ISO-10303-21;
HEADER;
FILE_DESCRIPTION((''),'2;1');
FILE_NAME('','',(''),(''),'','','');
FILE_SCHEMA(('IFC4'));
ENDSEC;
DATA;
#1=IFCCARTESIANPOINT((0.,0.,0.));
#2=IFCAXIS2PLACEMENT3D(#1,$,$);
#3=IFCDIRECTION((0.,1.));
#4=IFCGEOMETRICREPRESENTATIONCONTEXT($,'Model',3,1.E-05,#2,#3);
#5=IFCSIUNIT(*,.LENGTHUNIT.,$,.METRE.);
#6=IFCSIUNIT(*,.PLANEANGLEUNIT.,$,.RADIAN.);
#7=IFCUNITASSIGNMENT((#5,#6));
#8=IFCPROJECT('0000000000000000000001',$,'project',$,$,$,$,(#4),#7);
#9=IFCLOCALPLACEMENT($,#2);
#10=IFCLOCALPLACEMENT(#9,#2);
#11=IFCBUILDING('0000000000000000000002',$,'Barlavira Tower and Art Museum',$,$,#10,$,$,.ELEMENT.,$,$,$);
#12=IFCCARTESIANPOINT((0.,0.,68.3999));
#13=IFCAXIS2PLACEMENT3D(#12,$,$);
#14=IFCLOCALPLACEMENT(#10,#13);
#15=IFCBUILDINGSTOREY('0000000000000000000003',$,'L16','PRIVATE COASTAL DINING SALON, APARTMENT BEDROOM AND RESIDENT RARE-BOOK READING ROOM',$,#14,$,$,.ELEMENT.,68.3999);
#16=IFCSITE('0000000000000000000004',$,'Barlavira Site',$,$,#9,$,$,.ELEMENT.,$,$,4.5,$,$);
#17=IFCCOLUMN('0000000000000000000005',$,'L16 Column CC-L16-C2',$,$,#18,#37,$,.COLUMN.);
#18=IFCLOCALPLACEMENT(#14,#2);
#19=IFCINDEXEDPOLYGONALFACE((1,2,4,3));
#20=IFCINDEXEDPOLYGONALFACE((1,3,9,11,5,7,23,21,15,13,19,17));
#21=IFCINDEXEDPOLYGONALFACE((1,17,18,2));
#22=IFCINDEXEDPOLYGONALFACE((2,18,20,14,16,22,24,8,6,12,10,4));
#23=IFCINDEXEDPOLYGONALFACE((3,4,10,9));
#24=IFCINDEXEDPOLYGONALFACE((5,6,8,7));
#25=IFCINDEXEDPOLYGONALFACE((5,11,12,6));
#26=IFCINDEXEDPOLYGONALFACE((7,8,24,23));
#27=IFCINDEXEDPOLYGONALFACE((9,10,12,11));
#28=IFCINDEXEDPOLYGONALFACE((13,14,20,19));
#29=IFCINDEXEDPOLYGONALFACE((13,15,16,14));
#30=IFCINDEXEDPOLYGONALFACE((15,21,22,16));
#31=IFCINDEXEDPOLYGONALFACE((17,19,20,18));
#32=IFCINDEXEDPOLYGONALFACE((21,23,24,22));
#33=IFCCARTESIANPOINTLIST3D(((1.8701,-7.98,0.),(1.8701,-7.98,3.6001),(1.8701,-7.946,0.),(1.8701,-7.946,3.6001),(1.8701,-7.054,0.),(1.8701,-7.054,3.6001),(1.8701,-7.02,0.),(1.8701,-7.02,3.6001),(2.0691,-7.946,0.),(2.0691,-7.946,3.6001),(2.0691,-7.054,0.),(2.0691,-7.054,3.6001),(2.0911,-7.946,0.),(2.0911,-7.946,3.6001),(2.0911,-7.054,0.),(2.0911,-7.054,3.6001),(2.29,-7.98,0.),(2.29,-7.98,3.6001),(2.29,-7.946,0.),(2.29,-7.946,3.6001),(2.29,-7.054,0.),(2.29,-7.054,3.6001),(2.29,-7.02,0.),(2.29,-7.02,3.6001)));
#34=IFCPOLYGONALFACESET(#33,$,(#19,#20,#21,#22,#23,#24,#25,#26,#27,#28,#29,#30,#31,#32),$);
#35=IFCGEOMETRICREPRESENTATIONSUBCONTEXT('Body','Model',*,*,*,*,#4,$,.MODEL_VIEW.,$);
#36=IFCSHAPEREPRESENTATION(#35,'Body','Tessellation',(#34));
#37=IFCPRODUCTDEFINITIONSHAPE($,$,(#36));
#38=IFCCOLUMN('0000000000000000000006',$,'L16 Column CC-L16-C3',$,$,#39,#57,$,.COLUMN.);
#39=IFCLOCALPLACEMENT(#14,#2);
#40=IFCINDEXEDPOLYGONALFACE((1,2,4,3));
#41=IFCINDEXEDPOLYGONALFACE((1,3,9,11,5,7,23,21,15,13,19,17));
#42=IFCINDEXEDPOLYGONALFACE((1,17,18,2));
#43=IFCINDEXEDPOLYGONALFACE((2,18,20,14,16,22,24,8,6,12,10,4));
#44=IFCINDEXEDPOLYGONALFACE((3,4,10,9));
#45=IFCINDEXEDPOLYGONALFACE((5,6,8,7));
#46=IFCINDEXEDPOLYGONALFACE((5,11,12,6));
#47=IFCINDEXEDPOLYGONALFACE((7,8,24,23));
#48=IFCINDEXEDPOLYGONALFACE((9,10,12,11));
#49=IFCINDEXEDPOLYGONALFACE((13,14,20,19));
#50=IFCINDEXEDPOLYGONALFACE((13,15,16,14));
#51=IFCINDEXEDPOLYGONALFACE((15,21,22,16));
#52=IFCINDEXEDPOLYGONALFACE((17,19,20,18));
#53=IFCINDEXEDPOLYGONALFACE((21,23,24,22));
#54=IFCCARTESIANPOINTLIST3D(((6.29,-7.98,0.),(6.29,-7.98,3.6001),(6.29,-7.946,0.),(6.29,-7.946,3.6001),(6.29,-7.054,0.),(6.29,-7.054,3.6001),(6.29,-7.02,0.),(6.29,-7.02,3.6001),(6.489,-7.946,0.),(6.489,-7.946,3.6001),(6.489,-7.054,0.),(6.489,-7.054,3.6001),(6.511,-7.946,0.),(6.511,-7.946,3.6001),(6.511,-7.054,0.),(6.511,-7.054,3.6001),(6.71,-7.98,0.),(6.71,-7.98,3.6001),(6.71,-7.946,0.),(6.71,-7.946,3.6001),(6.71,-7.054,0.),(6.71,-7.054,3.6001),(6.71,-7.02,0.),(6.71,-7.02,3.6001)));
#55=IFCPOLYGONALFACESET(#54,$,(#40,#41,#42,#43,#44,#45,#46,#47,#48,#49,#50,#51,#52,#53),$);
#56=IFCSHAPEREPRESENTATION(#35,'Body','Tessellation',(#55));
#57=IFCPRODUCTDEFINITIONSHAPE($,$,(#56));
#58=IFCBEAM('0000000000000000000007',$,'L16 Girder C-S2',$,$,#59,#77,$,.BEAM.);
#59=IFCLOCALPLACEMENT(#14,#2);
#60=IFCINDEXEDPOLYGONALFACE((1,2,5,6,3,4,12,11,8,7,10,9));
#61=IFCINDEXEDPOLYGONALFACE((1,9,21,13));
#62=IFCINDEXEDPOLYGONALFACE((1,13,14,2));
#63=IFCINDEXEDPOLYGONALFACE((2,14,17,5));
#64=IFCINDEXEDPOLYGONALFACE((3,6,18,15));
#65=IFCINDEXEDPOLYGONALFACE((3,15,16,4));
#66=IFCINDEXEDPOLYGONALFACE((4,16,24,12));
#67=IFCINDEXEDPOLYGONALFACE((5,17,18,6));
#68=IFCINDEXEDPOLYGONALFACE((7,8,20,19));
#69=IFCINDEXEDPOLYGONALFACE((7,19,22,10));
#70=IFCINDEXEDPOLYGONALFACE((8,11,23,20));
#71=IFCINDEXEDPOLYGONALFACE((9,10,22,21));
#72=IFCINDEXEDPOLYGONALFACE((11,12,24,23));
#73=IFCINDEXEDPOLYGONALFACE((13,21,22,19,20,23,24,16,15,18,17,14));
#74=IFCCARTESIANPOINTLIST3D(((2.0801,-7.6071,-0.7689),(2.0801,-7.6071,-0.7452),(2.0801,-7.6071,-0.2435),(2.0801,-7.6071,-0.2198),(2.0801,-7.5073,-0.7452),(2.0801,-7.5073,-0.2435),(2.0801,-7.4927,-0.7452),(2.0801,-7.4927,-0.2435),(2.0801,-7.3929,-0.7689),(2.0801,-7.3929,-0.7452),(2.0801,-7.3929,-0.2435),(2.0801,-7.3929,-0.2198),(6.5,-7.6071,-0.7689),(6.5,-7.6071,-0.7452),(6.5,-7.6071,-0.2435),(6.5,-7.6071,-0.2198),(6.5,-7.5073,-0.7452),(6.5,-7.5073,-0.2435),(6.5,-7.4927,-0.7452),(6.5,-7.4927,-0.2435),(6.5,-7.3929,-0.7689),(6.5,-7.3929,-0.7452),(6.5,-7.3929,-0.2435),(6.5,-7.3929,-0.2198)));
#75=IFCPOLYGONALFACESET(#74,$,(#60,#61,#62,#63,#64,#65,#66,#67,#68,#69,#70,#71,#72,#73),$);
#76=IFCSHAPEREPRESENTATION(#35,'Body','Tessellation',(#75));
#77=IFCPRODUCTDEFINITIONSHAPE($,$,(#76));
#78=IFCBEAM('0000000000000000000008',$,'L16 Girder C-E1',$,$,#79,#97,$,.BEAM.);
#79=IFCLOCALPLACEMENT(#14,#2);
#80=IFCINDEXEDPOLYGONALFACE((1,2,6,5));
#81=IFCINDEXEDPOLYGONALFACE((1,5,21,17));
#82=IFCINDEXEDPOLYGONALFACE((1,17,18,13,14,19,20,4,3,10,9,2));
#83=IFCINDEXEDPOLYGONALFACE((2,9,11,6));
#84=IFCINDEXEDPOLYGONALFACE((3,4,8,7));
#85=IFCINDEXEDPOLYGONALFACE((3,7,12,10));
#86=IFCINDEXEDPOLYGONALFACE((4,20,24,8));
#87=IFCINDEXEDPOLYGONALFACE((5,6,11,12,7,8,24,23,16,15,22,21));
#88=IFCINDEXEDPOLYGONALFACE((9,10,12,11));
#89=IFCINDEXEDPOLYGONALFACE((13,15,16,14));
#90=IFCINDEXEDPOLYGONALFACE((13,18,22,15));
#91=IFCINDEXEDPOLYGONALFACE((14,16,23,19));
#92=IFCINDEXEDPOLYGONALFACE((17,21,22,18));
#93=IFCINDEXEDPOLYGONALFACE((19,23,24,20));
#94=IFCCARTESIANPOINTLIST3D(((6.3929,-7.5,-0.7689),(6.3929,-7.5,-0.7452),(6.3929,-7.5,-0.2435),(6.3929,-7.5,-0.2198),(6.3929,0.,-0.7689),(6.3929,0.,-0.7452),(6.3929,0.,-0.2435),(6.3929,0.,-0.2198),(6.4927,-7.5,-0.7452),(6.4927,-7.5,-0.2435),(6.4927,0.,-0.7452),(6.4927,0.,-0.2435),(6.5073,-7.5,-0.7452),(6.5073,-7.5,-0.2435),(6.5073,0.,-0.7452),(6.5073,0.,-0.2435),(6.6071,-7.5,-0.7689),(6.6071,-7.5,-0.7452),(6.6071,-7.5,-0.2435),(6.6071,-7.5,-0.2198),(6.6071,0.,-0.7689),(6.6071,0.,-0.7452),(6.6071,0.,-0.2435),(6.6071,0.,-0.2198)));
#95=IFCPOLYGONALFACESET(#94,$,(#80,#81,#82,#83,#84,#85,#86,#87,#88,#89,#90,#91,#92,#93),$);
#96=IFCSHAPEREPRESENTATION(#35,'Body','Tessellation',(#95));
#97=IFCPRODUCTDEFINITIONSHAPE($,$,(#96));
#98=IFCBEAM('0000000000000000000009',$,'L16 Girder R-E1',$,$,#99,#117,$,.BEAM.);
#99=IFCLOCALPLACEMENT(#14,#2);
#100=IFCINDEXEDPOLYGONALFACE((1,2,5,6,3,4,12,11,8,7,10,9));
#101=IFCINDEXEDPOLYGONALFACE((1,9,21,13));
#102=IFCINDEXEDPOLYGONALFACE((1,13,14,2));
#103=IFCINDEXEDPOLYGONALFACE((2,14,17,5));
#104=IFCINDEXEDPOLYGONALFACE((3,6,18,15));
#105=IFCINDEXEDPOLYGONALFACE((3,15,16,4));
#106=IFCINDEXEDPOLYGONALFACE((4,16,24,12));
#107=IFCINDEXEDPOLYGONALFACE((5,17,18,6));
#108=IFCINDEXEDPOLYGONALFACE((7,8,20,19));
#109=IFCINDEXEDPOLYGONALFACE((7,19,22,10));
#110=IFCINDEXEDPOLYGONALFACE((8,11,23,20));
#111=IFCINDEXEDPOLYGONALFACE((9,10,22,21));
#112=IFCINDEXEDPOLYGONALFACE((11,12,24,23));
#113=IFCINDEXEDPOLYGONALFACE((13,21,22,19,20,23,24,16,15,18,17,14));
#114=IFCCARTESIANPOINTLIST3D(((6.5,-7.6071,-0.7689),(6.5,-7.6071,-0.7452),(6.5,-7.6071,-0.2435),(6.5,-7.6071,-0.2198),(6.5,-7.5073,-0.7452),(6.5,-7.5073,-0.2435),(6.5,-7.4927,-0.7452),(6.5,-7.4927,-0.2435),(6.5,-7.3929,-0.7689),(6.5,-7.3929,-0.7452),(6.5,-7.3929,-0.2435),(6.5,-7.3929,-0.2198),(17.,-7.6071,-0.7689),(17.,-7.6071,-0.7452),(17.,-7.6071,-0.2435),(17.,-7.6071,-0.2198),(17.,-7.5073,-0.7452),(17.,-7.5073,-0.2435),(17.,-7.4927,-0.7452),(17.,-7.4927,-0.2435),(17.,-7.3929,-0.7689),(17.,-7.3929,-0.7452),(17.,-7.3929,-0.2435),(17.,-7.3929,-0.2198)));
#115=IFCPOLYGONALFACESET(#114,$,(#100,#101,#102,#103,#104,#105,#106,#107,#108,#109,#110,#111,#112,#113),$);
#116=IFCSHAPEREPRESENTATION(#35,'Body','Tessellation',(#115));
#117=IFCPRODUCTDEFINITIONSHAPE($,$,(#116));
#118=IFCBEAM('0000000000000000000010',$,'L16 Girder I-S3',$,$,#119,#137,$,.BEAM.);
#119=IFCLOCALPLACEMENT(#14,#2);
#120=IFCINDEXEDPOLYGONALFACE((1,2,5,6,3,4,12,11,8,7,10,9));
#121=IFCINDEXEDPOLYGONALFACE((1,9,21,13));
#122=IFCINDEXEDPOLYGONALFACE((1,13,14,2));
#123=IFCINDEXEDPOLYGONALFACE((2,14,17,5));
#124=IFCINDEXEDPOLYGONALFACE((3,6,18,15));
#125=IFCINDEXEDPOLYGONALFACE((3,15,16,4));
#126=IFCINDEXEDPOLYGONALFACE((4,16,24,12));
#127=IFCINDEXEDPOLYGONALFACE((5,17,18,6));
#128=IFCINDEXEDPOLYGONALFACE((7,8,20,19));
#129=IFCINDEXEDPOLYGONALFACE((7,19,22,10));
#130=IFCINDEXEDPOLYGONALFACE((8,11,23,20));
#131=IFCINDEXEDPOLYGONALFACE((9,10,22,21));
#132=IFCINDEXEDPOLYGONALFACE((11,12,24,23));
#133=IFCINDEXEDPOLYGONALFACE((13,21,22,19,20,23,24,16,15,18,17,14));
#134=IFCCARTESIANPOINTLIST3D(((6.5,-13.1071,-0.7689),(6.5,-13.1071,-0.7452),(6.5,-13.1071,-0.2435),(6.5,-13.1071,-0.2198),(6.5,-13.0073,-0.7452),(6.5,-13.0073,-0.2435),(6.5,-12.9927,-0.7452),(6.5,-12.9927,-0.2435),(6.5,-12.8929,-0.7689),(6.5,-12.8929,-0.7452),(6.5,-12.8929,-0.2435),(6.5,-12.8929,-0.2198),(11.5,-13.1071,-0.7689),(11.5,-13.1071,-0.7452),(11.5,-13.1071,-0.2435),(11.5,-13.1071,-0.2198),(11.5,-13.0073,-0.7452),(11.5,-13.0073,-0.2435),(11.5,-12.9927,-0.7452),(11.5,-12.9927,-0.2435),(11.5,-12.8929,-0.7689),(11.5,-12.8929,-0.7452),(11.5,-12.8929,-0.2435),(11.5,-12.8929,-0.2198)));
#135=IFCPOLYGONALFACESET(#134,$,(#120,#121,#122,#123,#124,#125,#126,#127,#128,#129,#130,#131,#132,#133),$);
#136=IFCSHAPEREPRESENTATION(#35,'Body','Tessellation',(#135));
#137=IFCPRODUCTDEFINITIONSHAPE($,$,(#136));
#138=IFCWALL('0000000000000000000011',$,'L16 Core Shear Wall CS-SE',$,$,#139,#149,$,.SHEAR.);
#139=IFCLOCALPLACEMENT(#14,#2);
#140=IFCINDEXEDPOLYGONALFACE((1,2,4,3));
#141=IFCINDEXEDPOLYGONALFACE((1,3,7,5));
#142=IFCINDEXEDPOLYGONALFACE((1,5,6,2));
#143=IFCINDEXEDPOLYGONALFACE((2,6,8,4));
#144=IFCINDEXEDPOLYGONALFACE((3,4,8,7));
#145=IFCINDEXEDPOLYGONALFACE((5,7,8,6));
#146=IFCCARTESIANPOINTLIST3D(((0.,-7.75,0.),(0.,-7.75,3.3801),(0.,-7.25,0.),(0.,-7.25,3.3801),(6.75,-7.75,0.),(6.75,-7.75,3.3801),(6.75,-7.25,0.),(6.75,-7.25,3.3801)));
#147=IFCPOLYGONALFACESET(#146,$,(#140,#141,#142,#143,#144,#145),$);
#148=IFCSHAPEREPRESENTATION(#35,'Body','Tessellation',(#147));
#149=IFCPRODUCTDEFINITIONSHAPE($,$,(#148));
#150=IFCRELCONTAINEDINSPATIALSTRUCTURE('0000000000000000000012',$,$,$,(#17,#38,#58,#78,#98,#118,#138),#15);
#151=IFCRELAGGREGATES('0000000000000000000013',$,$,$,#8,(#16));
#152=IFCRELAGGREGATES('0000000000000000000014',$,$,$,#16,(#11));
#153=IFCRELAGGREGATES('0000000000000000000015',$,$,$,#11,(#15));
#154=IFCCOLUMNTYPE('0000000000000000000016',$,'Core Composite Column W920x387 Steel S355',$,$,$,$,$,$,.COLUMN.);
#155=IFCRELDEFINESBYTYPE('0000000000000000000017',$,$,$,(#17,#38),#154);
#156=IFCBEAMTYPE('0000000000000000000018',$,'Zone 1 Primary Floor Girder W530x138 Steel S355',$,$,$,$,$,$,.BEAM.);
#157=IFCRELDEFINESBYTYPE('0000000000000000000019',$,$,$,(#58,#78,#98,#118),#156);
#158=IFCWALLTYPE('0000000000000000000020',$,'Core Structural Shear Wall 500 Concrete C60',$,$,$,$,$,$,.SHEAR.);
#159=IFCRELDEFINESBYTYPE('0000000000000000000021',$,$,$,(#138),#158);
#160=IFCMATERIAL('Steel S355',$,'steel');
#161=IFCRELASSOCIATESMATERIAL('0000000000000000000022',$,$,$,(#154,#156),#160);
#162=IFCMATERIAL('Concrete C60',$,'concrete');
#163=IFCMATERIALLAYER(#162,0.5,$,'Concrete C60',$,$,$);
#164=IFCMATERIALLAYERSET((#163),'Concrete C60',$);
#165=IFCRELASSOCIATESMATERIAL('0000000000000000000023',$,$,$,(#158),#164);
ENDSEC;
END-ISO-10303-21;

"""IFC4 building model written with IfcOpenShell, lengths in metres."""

from ifc_helpers import new_model, si_unit, direction, frame, frame_2d, origin, origin_2d, place, context, subcontext, project, spatial, rectangle, i_section, extrude, material, layer, layer_set, material_profile, profile_set, type_object, element, save


model = new_model("IFC4")

# Units and contexts
model_context = context("Model", 3, precision=1e-05, world=origin(), true_north=direction((0.0, 1.0)))
body_context = subcontext(model_context, "Body", "Model", "MODEL_VIEW")
ifc_project = project(units=[si_unit("LENGTHUNIT", "METRE"), si_unit("PLANEANGLEUNIT", "RADIAN")], contexts=[model_context])

# Site, building, storey
site_placement = place(None, origin())
site = spatial("IfcSite", under=ifc_project, at=site_placement, Name="Barlavira Site", CompositionType="ELEMENT", RefElevation=4.5)
building_placement = place(site_placement, origin())
building = spatial("IfcBuilding", under=site, at=building_placement, Name="Barlavira Tower and Art Museum", CompositionType="ELEMENT")
storey_placement = place(building_placement, frame((0.0, 0.0, 68.3999)))
storey = spatial("IfcBuildingStorey", under=building, at=storey_placement, Name="L16", Description="PRIVATE COASTAL DINING SALON, APARTMENT BEDROOM AND RESIDENT RARE-BOOK READING ROOM", CompositionType="ELEMENT", Elevation=68.3999)

# Columns
ifc_material_1 = material(Name="Steel S355", Category="steel")
ifc_material_profile_1 = material_profile(ifc_material_1, i_section(OverallWidth=0.4199, OverallDepth=0.96, WebThickness=0.022, FlangeThickness=0.0339, at=origin_2d()), Name="W920x387.0")
ifc_profile_set_1 = profile_set([ifc_material_profile_1], Name="Steel S355")
column_type = type_object("IfcColumnType", Name="Core Composite Column W920x387 Steel S355", PredefinedType="COLUMN", material=ifc_profile_set_1)
for number, where, z_axis, x_axis, name in (
    (1, (2.0801, -7.5, 0.0), (0.0, 0.0, 1.0), (1.0, 0.0, 0.0), "L16 Column CC-L16-C2"),
    (2, (6.5, -7.5, 0.0), (0.0, 0.0, 1.0), (1.0, 0.0, 0.0), "L16 Column CC-L16-C3"),
):
    element("IfcColumn", number, at=place(storey_placement, frame(where, z_axis=z_axis, x_axis=x_axis)), inside=storey, type_object=column_type, Name=name, PredefinedType="COLUMN", context=body_context, shape_type="SweptSolid", body=[
        extrude(i_section(OverallWidth=0.4199, OverallDepth=0.96, WebThickness=0.022, FlangeThickness=0.0339, at=origin_2d()), origin(), (0.0, 0.0, 1.0), 3.6001),
    ])

# Beams
ifc_material_profile_2 = material_profile(ifc_material_1, i_section(OverallWidth=0.2141, OverallDepth=0.5491, WebThickness=0.0146, FlangeThickness=0.0237, at=origin_2d()), Name="W530x138.0")
ifc_profile_set_2 = profile_set([ifc_material_profile_2], Name="Steel S355")
beam_type = type_object("IfcBeamType", Name="Zone 1 Primary Floor Girder W530x138 Steel S355", PredefinedType="BEAM", material=ifc_profile_set_2)
beam_1_placement = place(storey_placement, frame((2.0801, -7.5, -0.4944), z_axis=(1.0, 0.0, 0.0), x_axis=(0.0, 1.0, 0.0)))
element("IfcBeam", 3, at=beam_1_placement, inside=storey, type_object=beam_type, Name="L16 Girder C-S2", PredefinedType="BEAM", context=body_context, shape_type="SweptSolid", body=[
    extrude(i_section(OverallWidth=0.2141, OverallDepth=0.5491, WebThickness=0.0146, FlangeThickness=0.0237, at=origin_2d()), origin(), (0.0, 0.0, 1.0), 4.4199),
])
beam_2_placement = place(storey_placement, frame((6.5, -7.5, -0.4944), z_axis=(0.0, 1.0, 0.0), x_axis=(-1.0, 0.0, 0.0)))
element("IfcBeam", 4, at=beam_2_placement, inside=storey, type_object=beam_type, Name="L16 Girder C-E1", PredefinedType="BEAM", context=body_context, shape_type="SweptSolid", body=[
    extrude(i_section(OverallWidth=0.2141, OverallDepth=0.5491, WebThickness=0.0146, FlangeThickness=0.0237, at=origin_2d()), origin(), (0.0, 0.0, 1.0), 7.5),
])
beam_3_placement = place(storey_placement, frame((6.5, -7.5, -0.4944), z_axis=(1.0, 0.0, 0.0), x_axis=(0.0, 1.0, 0.0)))
element("IfcBeam", 5, at=beam_3_placement, inside=storey, type_object=beam_type, Name="L16 Girder R-E1", PredefinedType="BEAM", context=body_context, shape_type="SweptSolid", body=[
    extrude(i_section(OverallWidth=0.2141, OverallDepth=0.5491, WebThickness=0.0146, FlangeThickness=0.0237, at=origin_2d()), origin(), (0.0, 0.0, 1.0), 10.5),
])
beam_4_placement = place(storey_placement, frame((6.5, -13.0, -0.4944), z_axis=(1.0, 0.0, 0.0), x_axis=(0.0, 1.0, 0.0)))
element("IfcBeam", 6, at=beam_4_placement, inside=storey, type_object=beam_type, Name="L16 Girder I-S3", PredefinedType="BEAM", context=body_context, shape_type="SweptSolid", body=[
    extrude(i_section(OverallWidth=0.2141, OverallDepth=0.5491, WebThickness=0.0146, FlangeThickness=0.0237, at=origin_2d()), origin(), (0.0, 0.0, 1.0), 5.0),
])

# Wall
ifc_material_2 = material(Name="Concrete C60", Category="concrete")
ifc_layer_1 = layer(ifc_material_2, 0.5, Name="Concrete C60")
ifc_layer_set_1 = layer_set([ifc_layer_1], Name="Concrete C60")
wall_type_1 = type_object("IfcWallType", Name="Core Structural Shear Wall 500 Concrete C60", PredefinedType="SHEAR", material=ifc_layer_set_1)
wall_1_placement = place(storey_placement, frame((0.0, -7.5, 0.0), z_axis=(0.0, 0.0, 1.0), x_axis=(1.0, 0.0, 0.0)))
element("IfcWall", 7, at=wall_1_placement, inside=storey, type_object=wall_type_1, Name="L16 Core Shear Wall CS-SE", PredefinedType="SHEAR", context=body_context, shape_type="SweptSolid", body=[
    extrude(rectangle(XDim=6.75, YDim=0.5, at=frame_2d((3.375, 0.0))), origin(), (0.0, 0.0, 1.0), 3.3801),
])

save(model, "model.ifc")
